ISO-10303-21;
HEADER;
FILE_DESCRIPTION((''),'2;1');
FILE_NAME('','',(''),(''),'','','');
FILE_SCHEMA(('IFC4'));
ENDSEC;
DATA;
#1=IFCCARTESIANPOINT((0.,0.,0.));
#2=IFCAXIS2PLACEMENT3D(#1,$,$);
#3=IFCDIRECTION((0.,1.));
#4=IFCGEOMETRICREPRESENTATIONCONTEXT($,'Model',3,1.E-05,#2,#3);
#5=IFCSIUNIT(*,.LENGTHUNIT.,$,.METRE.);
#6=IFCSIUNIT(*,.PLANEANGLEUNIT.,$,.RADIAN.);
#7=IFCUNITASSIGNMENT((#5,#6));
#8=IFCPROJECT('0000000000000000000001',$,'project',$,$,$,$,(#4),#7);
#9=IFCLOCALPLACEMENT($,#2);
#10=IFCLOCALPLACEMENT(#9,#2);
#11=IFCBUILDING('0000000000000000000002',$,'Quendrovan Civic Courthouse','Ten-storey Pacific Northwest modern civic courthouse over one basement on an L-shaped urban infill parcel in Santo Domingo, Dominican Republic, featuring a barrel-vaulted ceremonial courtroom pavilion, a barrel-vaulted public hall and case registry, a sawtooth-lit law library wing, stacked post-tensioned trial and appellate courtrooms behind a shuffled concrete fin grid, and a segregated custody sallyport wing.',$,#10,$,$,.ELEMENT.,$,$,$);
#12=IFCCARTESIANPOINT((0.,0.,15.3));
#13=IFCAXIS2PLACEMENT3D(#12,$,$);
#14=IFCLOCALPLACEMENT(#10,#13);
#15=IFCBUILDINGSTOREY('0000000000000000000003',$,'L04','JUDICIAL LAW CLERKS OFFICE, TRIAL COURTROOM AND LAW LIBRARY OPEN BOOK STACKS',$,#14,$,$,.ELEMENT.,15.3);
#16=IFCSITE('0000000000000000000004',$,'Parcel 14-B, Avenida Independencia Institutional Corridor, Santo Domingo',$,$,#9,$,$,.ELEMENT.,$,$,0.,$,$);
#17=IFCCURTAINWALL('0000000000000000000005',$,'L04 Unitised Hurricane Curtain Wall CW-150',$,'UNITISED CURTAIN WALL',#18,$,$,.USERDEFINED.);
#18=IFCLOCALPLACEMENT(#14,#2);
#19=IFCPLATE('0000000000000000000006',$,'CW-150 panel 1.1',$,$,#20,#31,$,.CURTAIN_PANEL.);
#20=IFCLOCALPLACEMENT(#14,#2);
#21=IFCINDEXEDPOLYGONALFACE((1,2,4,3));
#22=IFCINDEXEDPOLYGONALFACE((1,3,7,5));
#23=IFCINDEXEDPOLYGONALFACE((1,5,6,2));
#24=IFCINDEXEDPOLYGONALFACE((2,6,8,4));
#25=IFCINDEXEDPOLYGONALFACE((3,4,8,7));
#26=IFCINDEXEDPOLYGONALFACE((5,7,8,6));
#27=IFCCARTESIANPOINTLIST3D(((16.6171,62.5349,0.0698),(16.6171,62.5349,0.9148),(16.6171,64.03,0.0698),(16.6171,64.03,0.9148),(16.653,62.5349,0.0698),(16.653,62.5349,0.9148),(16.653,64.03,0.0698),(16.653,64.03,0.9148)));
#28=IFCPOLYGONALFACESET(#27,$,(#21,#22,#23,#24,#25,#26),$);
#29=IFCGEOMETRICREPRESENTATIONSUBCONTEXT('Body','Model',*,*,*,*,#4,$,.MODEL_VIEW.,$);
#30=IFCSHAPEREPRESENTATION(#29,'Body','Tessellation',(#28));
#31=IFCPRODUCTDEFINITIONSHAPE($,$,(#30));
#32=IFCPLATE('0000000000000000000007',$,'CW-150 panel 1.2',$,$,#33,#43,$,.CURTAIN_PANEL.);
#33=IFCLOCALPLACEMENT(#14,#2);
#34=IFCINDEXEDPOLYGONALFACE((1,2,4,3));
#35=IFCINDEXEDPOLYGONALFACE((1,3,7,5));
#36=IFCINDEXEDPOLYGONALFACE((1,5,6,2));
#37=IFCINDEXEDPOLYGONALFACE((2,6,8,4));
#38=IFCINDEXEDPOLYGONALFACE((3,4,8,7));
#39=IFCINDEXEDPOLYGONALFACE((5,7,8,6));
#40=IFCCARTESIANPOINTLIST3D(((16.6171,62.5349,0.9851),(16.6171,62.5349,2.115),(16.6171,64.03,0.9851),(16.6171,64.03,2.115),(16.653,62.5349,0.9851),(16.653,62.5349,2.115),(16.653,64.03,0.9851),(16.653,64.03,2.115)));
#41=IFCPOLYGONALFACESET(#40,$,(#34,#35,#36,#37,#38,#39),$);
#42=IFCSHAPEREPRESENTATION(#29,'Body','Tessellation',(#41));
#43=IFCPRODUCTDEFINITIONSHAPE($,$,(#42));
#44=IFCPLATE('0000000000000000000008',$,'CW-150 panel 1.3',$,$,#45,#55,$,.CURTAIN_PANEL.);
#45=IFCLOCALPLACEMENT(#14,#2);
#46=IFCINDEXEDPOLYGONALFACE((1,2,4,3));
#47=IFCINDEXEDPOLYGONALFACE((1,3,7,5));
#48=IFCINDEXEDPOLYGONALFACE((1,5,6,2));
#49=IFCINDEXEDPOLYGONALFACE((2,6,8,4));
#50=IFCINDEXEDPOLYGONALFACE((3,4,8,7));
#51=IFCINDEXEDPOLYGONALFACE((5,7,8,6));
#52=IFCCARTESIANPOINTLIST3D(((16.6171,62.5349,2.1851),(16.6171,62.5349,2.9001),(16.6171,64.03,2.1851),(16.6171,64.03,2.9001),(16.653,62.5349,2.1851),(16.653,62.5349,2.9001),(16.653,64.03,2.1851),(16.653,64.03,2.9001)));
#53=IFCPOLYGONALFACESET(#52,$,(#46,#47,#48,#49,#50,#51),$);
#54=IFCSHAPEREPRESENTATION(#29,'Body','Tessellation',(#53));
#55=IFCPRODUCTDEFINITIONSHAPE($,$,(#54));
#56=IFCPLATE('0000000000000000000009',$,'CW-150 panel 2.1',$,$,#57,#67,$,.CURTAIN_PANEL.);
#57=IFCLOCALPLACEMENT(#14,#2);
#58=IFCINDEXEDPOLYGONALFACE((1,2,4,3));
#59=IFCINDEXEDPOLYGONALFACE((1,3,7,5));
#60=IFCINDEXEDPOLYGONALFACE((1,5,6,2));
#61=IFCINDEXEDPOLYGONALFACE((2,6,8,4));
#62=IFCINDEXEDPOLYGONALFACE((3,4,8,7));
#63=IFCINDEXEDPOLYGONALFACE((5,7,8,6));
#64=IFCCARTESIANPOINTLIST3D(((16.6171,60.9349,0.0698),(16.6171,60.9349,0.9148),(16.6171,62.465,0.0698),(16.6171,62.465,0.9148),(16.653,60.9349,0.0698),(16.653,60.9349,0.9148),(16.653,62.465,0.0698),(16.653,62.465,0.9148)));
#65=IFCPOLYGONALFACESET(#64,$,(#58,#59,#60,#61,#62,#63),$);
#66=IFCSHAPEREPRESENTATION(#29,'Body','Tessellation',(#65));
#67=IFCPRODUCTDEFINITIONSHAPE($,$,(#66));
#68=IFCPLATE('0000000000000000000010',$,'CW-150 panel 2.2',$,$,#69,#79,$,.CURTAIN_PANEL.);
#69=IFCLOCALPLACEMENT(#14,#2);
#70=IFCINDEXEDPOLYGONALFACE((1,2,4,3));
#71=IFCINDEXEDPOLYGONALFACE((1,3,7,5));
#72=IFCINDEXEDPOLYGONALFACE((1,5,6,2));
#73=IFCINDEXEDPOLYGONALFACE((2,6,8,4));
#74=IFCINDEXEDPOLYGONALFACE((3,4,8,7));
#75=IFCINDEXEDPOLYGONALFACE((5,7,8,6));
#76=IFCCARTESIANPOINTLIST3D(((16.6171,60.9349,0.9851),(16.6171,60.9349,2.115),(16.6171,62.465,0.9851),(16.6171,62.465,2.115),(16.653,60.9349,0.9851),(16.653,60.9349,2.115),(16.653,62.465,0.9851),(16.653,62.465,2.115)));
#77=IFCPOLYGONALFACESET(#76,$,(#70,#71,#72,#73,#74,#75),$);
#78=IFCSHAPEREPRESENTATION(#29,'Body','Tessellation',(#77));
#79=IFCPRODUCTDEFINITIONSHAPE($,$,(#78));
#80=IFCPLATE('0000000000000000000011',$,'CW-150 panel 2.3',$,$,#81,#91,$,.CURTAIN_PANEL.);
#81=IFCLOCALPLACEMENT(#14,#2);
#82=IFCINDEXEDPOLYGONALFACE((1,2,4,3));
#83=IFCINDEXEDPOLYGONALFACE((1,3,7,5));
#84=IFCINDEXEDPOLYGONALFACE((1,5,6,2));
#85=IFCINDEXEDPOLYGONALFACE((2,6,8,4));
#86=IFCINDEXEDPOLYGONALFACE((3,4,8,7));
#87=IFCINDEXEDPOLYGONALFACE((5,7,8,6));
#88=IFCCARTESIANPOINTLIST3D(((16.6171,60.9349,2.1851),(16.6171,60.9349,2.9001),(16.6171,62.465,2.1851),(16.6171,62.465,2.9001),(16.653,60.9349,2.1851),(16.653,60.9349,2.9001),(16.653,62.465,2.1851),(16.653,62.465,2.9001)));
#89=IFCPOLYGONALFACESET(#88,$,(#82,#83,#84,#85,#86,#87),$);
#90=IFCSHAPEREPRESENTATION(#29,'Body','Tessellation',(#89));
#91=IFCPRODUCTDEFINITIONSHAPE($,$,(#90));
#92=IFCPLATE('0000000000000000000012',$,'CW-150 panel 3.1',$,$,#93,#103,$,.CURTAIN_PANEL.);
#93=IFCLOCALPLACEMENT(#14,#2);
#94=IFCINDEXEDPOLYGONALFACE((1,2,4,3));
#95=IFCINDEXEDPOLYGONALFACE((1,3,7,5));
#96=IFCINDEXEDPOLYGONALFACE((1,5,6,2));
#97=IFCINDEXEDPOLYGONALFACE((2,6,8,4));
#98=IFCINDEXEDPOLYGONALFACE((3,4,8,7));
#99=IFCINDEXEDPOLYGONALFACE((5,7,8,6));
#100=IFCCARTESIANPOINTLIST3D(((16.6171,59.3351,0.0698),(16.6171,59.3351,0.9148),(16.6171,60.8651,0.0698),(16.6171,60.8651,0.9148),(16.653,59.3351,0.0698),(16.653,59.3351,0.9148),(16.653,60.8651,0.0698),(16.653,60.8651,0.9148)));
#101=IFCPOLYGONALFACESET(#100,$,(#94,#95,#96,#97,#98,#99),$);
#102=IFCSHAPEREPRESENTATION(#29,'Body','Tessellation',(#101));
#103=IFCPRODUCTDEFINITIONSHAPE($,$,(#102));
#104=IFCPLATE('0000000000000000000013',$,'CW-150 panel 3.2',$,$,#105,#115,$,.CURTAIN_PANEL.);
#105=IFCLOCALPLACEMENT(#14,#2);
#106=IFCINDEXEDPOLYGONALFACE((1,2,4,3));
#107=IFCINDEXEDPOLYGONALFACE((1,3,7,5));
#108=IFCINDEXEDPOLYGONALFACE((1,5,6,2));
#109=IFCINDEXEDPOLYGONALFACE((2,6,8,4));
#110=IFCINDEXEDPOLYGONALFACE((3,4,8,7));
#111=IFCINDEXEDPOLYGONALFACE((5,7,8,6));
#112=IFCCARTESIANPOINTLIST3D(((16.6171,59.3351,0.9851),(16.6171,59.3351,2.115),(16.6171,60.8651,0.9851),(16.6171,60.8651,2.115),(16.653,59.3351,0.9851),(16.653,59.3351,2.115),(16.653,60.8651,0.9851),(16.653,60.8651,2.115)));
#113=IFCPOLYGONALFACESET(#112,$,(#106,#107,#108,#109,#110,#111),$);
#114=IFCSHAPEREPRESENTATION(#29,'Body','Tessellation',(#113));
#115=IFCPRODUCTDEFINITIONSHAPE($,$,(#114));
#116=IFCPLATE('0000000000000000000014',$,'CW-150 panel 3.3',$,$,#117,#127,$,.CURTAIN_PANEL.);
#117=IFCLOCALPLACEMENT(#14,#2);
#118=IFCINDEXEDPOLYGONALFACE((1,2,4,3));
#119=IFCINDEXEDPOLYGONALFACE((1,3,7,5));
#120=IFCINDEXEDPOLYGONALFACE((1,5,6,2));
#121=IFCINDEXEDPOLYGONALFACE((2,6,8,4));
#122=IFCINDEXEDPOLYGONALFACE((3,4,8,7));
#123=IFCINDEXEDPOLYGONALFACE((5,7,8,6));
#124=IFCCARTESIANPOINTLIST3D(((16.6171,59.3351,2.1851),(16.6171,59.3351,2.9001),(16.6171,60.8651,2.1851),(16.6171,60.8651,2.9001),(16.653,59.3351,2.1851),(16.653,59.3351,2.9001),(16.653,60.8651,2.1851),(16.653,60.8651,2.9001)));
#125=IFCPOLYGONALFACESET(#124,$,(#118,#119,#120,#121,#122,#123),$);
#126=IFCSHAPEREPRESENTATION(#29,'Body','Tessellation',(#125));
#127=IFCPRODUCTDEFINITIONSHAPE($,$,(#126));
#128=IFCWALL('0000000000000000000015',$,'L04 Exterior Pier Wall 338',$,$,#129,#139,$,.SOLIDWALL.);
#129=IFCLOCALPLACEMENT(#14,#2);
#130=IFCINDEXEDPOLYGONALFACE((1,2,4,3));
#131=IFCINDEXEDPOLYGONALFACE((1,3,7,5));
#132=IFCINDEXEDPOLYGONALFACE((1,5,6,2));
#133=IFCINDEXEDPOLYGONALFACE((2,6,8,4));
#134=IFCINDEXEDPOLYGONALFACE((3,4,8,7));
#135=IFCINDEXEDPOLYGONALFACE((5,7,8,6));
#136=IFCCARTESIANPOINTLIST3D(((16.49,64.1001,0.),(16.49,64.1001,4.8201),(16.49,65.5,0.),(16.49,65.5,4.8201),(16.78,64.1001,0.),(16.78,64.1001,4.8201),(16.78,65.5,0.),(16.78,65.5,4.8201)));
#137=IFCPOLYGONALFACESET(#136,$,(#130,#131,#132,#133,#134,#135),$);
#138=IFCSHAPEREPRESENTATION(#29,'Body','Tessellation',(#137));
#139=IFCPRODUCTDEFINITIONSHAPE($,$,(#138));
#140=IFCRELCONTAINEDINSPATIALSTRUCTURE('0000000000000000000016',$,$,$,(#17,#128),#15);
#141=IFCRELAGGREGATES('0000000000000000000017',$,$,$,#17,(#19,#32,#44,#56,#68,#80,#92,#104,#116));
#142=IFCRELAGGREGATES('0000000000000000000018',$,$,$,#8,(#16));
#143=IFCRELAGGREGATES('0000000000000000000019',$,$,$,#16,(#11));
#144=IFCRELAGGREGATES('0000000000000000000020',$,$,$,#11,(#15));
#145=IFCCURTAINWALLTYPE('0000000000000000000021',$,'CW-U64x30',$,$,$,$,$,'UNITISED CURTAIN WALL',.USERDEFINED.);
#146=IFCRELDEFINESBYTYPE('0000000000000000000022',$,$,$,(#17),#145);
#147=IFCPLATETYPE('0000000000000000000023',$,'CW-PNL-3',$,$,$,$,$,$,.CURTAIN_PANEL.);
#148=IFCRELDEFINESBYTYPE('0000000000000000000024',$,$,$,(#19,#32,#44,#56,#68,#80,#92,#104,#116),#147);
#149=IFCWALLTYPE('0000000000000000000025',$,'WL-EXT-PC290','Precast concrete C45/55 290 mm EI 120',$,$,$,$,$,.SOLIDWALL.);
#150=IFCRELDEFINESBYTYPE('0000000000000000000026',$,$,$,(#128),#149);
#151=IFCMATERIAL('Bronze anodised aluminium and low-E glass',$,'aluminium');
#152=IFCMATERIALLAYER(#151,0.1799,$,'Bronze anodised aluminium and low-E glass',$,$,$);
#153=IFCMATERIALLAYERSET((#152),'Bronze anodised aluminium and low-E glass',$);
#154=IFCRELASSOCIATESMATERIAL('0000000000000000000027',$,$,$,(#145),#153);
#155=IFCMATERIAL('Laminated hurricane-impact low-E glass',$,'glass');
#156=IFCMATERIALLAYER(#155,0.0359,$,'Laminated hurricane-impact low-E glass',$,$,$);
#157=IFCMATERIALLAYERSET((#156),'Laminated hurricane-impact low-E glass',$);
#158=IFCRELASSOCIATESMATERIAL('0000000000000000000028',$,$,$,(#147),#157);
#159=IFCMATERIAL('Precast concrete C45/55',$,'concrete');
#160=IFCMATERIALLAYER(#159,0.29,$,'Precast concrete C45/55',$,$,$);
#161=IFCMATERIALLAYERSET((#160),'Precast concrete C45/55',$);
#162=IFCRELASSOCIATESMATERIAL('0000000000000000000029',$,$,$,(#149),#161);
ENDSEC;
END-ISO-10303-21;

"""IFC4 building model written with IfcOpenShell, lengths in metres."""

from ifc_helpers import new_model, si_unit, direction, frame, frame_2d, origin, origin_2d, place, context, subcontext, project, spatial, rectangle, extrude, material, layer, layer_set, type_object, element, aggregate, save


model = new_model("IFC4")

# Units and contexts
model_context = context("Model", 3, precision=1e-05, world=origin(), true_north=direction((0.0, 1.0)))
body_context = subcontext(model_context, "Body", "Model", "MODEL_VIEW")
ifc_project = project(units=[si_unit("LENGTHUNIT", "METRE"), si_unit("PLANEANGLEUNIT", "RADIAN")], contexts=[model_context])

# Site, building, storey
site_placement = place(None, origin())
site = spatial("IfcSite", under=ifc_project, at=site_placement, Name="Parcel 14-B, Avenida Independencia Institutional Corridor, Santo Domingo", CompositionType="ELEMENT", RefElevation=0.0)
building_placement = place(site_placement, origin())
building = spatial("IfcBuilding", under=site, at=building_placement, Name="Quendrovan Civic Courthouse", Description="Ten-storey Pacific Northwest modern civic courthouse over one basement on an L-shaped urban infill parcel in Santo Domingo, Dominican Republic, featuring a barrel-vaulted ceremonial courtroom pavilion, a barrel-vaulted public hall and case registry, a sawtooth-lit law library wing, stacked post-tensioned trial and appellate courtrooms behind a shuffled concrete fin grid, and a segregated custody sallyport wing.", CompositionType="ELEMENT")
storey_placement = place(building_placement, frame((0.0, 0.0, 15.3)))
storey = spatial("IfcBuildingStorey", under=building, at=storey_placement, Name="L04", Description="JUDICIAL LAW CLERKS OFFICE, TRIAL COURTROOM AND LAW LIBRARY OPEN BOOK STACKS", CompositionType="ELEMENT", Elevation=15.3)

# Curtain wall
ifc_material_1 = material(Name="Bronze anodised aluminium and low-E glass", Category="aluminium")
ifc_layer_1 = layer(ifc_material_1, 0.1799, Name="Bronze anodised aluminium and low-E glass")
ifc_layer_set_1 = layer_set([ifc_layer_1], Name="Bronze anodised aluminium and low-E glass")
curtain_wall_type = type_object("IfcCurtainWallType", Name="CW-U64x30", ElementType="UNITISED CURTAIN WALL", PredefinedType="USERDEFINED", material=ifc_layer_set_1)
curtain_wall_1_placement = place(storey_placement, origin())
curtain_wall_1 = element("IfcCurtainWall", 1, at=curtain_wall_1_placement, inside=storey, type_object=curtain_wall_type, Name="L04 Unitised Hurricane Curtain Wall CW-150", ObjectType="UNITISED CURTAIN WALL", PredefinedType="USERDEFINED")

# Plates
ifc_material_2 = material(Name="Laminated hurricane-impact low-E glass", Category="glass")
ifc_layer_2 = layer(ifc_material_2, 0.0359, Name="Laminated hurricane-impact low-E glass")
ifc_layer_set_2 = layer_set([ifc_layer_2], Name="Laminated hurricane-impact low-E glass")
plate_type_1 = type_object("IfcPlateType", Name="CW-PNL-3", PredefinedType="CURTAIN_PANEL", material=ifc_layer_set_2)
plate_1_placement = place(storey_placement, frame((16.635, 63.2825, 0.0698), z_axis=(0.0, 0.0, 1.0), x_axis=(0.0, -1.0, 0.0)))
plate_1 = element("IfcPlate", 2, at=plate_1_placement, type_object=plate_type_1, Name="CW-150 panel 1.1", PredefinedType="CURTAIN_PANEL", context=body_context, shape_type="SweptSolid", body=[
    extrude(rectangle(XDim=1.4951, YDim=0.0359, at=origin_2d()), origin(), (0.0, 0.0, 1.0), 0.845),
])
plate_2_placement = place(storey_placement, frame((16.635, 63.2825, 0.9851), z_axis=(0.0, 0.0, 1.0), x_axis=(0.0, -1.0, 0.0)))
plate_2 = element("IfcPlate", 3, at=plate_2_placement, type_object=plate_type_1, Name="CW-150 panel 1.2", PredefinedType="CURTAIN_PANEL", context=body_context, shape_type="SweptSolid", body=[
    extrude(rectangle(XDim=1.4951, YDim=0.0359, at=origin_2d()), origin(), (0.0, 0.0, 1.0), 1.1299),
])
plate_3_placement = place(storey_placement, frame((16.635, 63.2825, 2.1851), z_axis=(0.0, 0.0, 1.0), x_axis=(0.0, -1.0, 0.0)))
plate_3 = element("IfcPlate", 4, at=plate_3_placement, type_object=plate_type_1, Name="CW-150 panel 1.3", PredefinedType="CURTAIN_PANEL", context=body_context, shape_type="SweptSolid", body=[
    extrude(rectangle(XDim=1.4951, YDim=0.0359, at=origin_2d()), origin(), (0.0, 0.0, 1.0), 0.7151),
])
plate_4_placement = place(storey_placement, frame((16.635, 61.7, 0.0698), z_axis=(0.0, 0.0, 1.0), x_axis=(0.0, -1.0, 0.0)))
plate_4 = element("IfcPlate", 5, at=plate_4_placement, type_object=plate_type_1, Name="CW-150 panel 2.1", PredefinedType="CURTAIN_PANEL", context=body_context, shape_type="SweptSolid", body=[
    extrude(rectangle(XDim=1.53, YDim=0.0359, at=origin_2d()), origin(), (0.0, 0.0, 1.0), 0.845),
])
plate_5_placement = place(storey_placement, frame((16.635, 61.7, 0.9851), z_axis=(0.0, 0.0, 1.0), x_axis=(0.0, -1.0, 0.0)))
plate_5 = element("IfcPlate", 6, at=plate_5_placement, type_object=plate_type_1, Name="CW-150 panel 2.2", PredefinedType="CURTAIN_PANEL", context=body_context, shape_type="SweptSolid", body=[
    extrude(rectangle(XDim=1.53, YDim=0.0359, at=origin_2d()), origin(), (0.0, 0.0, 1.0), 1.1299),
])
plate_6_placement = place(storey_placement, frame((16.635, 61.7, 2.1851), z_axis=(0.0, 0.0, 1.0), x_axis=(0.0, -1.0, 0.0)))
plate_6 = element("IfcPlate", 7, at=plate_6_placement, type_object=plate_type_1, Name="CW-150 panel 2.3", PredefinedType="CURTAIN_PANEL", context=body_context, shape_type="SweptSolid", body=[
    extrude(rectangle(XDim=1.53, YDim=0.0359, at=origin_2d()), origin(), (0.0, 0.0, 1.0), 0.7151),
])
plate_7_placement = place(storey_placement, frame((16.635, 60.1001, 0.0698), z_axis=(0.0, 0.0, 1.0), x_axis=(0.0, -1.0, 0.0)))
plate_7 = element("IfcPlate", 8, at=plate_7_placement, type_object=plate_type_1, Name="CW-150 panel 3.1", PredefinedType="CURTAIN_PANEL", context=body_context, shape_type="SweptSolid", body=[
    extrude(rectangle(XDim=1.53, YDim=0.0359, at=origin_2d()), origin(), (0.0, 0.0, 1.0), 0.845),
])
plate_8_placement = place(storey_placement, frame((16.635, 60.1001, 0.9851), z_axis=(0.0, 0.0, 1.0), x_axis=(0.0, -1.0, 0.0)))
plate_8 = element("IfcPlate", 9, at=plate_8_placement, type_object=plate_type_1, Name="CW-150 panel 3.2", PredefinedType="CURTAIN_PANEL", context=body_context, shape_type="SweptSolid", body=[
    extrude(rectangle(XDim=1.53, YDim=0.0359, at=origin_2d()), origin(), (0.0, 0.0, 1.0), 1.1299),
])
plate_9_placement = place(storey_placement, frame((16.635, 60.1001, 2.1851), z_axis=(0.0, 0.0, 1.0), x_axis=(0.0, -1.0, 0.0)))
plate_9 = element("IfcPlate", 10, at=plate_9_placement, type_object=plate_type_1, Name="CW-150 panel 3.3", PredefinedType="CURTAIN_PANEL", context=body_context, shape_type="SweptSolid", body=[
    extrude(rectangle(XDim=1.53, YDim=0.0359, at=origin_2d()), origin(), (0.0, 0.0, 1.0), 0.7151),
])
aggregate(curtain_wall_1, [plate_1, plate_2, plate_3, plate_4, plate_5, plate_6, plate_7, plate_8, plate_9])

# Wall
ifc_material_3 = material(Name="Precast concrete C45/55", Category="concrete")
ifc_layer_3 = layer(ifc_material_3, 0.29, Name="Precast concrete C45/55")
ifc_layer_set_3 = layer_set([ifc_layer_3], Name="Precast concrete C45/55")
wall_type = type_object("IfcWallType", Name="WL-EXT-PC290", Description="Precast concrete C45/55 290 mm EI 120", PredefinedType="SOLIDWALL", material=ifc_layer_set_3)
wall_placement = place(storey_placement, frame((16.635, 65.5, 0.0), z_axis=(0.0, 0.0, 1.0), x_axis=(0.0, -1.0, 0.0)))
element("IfcWall", 11, at=wall_placement, inside=storey, type_object=wall_type, Name="L04 Exterior Pier Wall 338", PredefinedType="SOLIDWALL", context=body_context, shape_type="SweptSolid", body=[
    extrude(rectangle(XDim=1.3999, YDim=0.29, at=frame_2d((0.7, 0.0))), origin(), (0.0, 0.0, 1.0), 4.8201),
])

save(model, "model.ifc")
